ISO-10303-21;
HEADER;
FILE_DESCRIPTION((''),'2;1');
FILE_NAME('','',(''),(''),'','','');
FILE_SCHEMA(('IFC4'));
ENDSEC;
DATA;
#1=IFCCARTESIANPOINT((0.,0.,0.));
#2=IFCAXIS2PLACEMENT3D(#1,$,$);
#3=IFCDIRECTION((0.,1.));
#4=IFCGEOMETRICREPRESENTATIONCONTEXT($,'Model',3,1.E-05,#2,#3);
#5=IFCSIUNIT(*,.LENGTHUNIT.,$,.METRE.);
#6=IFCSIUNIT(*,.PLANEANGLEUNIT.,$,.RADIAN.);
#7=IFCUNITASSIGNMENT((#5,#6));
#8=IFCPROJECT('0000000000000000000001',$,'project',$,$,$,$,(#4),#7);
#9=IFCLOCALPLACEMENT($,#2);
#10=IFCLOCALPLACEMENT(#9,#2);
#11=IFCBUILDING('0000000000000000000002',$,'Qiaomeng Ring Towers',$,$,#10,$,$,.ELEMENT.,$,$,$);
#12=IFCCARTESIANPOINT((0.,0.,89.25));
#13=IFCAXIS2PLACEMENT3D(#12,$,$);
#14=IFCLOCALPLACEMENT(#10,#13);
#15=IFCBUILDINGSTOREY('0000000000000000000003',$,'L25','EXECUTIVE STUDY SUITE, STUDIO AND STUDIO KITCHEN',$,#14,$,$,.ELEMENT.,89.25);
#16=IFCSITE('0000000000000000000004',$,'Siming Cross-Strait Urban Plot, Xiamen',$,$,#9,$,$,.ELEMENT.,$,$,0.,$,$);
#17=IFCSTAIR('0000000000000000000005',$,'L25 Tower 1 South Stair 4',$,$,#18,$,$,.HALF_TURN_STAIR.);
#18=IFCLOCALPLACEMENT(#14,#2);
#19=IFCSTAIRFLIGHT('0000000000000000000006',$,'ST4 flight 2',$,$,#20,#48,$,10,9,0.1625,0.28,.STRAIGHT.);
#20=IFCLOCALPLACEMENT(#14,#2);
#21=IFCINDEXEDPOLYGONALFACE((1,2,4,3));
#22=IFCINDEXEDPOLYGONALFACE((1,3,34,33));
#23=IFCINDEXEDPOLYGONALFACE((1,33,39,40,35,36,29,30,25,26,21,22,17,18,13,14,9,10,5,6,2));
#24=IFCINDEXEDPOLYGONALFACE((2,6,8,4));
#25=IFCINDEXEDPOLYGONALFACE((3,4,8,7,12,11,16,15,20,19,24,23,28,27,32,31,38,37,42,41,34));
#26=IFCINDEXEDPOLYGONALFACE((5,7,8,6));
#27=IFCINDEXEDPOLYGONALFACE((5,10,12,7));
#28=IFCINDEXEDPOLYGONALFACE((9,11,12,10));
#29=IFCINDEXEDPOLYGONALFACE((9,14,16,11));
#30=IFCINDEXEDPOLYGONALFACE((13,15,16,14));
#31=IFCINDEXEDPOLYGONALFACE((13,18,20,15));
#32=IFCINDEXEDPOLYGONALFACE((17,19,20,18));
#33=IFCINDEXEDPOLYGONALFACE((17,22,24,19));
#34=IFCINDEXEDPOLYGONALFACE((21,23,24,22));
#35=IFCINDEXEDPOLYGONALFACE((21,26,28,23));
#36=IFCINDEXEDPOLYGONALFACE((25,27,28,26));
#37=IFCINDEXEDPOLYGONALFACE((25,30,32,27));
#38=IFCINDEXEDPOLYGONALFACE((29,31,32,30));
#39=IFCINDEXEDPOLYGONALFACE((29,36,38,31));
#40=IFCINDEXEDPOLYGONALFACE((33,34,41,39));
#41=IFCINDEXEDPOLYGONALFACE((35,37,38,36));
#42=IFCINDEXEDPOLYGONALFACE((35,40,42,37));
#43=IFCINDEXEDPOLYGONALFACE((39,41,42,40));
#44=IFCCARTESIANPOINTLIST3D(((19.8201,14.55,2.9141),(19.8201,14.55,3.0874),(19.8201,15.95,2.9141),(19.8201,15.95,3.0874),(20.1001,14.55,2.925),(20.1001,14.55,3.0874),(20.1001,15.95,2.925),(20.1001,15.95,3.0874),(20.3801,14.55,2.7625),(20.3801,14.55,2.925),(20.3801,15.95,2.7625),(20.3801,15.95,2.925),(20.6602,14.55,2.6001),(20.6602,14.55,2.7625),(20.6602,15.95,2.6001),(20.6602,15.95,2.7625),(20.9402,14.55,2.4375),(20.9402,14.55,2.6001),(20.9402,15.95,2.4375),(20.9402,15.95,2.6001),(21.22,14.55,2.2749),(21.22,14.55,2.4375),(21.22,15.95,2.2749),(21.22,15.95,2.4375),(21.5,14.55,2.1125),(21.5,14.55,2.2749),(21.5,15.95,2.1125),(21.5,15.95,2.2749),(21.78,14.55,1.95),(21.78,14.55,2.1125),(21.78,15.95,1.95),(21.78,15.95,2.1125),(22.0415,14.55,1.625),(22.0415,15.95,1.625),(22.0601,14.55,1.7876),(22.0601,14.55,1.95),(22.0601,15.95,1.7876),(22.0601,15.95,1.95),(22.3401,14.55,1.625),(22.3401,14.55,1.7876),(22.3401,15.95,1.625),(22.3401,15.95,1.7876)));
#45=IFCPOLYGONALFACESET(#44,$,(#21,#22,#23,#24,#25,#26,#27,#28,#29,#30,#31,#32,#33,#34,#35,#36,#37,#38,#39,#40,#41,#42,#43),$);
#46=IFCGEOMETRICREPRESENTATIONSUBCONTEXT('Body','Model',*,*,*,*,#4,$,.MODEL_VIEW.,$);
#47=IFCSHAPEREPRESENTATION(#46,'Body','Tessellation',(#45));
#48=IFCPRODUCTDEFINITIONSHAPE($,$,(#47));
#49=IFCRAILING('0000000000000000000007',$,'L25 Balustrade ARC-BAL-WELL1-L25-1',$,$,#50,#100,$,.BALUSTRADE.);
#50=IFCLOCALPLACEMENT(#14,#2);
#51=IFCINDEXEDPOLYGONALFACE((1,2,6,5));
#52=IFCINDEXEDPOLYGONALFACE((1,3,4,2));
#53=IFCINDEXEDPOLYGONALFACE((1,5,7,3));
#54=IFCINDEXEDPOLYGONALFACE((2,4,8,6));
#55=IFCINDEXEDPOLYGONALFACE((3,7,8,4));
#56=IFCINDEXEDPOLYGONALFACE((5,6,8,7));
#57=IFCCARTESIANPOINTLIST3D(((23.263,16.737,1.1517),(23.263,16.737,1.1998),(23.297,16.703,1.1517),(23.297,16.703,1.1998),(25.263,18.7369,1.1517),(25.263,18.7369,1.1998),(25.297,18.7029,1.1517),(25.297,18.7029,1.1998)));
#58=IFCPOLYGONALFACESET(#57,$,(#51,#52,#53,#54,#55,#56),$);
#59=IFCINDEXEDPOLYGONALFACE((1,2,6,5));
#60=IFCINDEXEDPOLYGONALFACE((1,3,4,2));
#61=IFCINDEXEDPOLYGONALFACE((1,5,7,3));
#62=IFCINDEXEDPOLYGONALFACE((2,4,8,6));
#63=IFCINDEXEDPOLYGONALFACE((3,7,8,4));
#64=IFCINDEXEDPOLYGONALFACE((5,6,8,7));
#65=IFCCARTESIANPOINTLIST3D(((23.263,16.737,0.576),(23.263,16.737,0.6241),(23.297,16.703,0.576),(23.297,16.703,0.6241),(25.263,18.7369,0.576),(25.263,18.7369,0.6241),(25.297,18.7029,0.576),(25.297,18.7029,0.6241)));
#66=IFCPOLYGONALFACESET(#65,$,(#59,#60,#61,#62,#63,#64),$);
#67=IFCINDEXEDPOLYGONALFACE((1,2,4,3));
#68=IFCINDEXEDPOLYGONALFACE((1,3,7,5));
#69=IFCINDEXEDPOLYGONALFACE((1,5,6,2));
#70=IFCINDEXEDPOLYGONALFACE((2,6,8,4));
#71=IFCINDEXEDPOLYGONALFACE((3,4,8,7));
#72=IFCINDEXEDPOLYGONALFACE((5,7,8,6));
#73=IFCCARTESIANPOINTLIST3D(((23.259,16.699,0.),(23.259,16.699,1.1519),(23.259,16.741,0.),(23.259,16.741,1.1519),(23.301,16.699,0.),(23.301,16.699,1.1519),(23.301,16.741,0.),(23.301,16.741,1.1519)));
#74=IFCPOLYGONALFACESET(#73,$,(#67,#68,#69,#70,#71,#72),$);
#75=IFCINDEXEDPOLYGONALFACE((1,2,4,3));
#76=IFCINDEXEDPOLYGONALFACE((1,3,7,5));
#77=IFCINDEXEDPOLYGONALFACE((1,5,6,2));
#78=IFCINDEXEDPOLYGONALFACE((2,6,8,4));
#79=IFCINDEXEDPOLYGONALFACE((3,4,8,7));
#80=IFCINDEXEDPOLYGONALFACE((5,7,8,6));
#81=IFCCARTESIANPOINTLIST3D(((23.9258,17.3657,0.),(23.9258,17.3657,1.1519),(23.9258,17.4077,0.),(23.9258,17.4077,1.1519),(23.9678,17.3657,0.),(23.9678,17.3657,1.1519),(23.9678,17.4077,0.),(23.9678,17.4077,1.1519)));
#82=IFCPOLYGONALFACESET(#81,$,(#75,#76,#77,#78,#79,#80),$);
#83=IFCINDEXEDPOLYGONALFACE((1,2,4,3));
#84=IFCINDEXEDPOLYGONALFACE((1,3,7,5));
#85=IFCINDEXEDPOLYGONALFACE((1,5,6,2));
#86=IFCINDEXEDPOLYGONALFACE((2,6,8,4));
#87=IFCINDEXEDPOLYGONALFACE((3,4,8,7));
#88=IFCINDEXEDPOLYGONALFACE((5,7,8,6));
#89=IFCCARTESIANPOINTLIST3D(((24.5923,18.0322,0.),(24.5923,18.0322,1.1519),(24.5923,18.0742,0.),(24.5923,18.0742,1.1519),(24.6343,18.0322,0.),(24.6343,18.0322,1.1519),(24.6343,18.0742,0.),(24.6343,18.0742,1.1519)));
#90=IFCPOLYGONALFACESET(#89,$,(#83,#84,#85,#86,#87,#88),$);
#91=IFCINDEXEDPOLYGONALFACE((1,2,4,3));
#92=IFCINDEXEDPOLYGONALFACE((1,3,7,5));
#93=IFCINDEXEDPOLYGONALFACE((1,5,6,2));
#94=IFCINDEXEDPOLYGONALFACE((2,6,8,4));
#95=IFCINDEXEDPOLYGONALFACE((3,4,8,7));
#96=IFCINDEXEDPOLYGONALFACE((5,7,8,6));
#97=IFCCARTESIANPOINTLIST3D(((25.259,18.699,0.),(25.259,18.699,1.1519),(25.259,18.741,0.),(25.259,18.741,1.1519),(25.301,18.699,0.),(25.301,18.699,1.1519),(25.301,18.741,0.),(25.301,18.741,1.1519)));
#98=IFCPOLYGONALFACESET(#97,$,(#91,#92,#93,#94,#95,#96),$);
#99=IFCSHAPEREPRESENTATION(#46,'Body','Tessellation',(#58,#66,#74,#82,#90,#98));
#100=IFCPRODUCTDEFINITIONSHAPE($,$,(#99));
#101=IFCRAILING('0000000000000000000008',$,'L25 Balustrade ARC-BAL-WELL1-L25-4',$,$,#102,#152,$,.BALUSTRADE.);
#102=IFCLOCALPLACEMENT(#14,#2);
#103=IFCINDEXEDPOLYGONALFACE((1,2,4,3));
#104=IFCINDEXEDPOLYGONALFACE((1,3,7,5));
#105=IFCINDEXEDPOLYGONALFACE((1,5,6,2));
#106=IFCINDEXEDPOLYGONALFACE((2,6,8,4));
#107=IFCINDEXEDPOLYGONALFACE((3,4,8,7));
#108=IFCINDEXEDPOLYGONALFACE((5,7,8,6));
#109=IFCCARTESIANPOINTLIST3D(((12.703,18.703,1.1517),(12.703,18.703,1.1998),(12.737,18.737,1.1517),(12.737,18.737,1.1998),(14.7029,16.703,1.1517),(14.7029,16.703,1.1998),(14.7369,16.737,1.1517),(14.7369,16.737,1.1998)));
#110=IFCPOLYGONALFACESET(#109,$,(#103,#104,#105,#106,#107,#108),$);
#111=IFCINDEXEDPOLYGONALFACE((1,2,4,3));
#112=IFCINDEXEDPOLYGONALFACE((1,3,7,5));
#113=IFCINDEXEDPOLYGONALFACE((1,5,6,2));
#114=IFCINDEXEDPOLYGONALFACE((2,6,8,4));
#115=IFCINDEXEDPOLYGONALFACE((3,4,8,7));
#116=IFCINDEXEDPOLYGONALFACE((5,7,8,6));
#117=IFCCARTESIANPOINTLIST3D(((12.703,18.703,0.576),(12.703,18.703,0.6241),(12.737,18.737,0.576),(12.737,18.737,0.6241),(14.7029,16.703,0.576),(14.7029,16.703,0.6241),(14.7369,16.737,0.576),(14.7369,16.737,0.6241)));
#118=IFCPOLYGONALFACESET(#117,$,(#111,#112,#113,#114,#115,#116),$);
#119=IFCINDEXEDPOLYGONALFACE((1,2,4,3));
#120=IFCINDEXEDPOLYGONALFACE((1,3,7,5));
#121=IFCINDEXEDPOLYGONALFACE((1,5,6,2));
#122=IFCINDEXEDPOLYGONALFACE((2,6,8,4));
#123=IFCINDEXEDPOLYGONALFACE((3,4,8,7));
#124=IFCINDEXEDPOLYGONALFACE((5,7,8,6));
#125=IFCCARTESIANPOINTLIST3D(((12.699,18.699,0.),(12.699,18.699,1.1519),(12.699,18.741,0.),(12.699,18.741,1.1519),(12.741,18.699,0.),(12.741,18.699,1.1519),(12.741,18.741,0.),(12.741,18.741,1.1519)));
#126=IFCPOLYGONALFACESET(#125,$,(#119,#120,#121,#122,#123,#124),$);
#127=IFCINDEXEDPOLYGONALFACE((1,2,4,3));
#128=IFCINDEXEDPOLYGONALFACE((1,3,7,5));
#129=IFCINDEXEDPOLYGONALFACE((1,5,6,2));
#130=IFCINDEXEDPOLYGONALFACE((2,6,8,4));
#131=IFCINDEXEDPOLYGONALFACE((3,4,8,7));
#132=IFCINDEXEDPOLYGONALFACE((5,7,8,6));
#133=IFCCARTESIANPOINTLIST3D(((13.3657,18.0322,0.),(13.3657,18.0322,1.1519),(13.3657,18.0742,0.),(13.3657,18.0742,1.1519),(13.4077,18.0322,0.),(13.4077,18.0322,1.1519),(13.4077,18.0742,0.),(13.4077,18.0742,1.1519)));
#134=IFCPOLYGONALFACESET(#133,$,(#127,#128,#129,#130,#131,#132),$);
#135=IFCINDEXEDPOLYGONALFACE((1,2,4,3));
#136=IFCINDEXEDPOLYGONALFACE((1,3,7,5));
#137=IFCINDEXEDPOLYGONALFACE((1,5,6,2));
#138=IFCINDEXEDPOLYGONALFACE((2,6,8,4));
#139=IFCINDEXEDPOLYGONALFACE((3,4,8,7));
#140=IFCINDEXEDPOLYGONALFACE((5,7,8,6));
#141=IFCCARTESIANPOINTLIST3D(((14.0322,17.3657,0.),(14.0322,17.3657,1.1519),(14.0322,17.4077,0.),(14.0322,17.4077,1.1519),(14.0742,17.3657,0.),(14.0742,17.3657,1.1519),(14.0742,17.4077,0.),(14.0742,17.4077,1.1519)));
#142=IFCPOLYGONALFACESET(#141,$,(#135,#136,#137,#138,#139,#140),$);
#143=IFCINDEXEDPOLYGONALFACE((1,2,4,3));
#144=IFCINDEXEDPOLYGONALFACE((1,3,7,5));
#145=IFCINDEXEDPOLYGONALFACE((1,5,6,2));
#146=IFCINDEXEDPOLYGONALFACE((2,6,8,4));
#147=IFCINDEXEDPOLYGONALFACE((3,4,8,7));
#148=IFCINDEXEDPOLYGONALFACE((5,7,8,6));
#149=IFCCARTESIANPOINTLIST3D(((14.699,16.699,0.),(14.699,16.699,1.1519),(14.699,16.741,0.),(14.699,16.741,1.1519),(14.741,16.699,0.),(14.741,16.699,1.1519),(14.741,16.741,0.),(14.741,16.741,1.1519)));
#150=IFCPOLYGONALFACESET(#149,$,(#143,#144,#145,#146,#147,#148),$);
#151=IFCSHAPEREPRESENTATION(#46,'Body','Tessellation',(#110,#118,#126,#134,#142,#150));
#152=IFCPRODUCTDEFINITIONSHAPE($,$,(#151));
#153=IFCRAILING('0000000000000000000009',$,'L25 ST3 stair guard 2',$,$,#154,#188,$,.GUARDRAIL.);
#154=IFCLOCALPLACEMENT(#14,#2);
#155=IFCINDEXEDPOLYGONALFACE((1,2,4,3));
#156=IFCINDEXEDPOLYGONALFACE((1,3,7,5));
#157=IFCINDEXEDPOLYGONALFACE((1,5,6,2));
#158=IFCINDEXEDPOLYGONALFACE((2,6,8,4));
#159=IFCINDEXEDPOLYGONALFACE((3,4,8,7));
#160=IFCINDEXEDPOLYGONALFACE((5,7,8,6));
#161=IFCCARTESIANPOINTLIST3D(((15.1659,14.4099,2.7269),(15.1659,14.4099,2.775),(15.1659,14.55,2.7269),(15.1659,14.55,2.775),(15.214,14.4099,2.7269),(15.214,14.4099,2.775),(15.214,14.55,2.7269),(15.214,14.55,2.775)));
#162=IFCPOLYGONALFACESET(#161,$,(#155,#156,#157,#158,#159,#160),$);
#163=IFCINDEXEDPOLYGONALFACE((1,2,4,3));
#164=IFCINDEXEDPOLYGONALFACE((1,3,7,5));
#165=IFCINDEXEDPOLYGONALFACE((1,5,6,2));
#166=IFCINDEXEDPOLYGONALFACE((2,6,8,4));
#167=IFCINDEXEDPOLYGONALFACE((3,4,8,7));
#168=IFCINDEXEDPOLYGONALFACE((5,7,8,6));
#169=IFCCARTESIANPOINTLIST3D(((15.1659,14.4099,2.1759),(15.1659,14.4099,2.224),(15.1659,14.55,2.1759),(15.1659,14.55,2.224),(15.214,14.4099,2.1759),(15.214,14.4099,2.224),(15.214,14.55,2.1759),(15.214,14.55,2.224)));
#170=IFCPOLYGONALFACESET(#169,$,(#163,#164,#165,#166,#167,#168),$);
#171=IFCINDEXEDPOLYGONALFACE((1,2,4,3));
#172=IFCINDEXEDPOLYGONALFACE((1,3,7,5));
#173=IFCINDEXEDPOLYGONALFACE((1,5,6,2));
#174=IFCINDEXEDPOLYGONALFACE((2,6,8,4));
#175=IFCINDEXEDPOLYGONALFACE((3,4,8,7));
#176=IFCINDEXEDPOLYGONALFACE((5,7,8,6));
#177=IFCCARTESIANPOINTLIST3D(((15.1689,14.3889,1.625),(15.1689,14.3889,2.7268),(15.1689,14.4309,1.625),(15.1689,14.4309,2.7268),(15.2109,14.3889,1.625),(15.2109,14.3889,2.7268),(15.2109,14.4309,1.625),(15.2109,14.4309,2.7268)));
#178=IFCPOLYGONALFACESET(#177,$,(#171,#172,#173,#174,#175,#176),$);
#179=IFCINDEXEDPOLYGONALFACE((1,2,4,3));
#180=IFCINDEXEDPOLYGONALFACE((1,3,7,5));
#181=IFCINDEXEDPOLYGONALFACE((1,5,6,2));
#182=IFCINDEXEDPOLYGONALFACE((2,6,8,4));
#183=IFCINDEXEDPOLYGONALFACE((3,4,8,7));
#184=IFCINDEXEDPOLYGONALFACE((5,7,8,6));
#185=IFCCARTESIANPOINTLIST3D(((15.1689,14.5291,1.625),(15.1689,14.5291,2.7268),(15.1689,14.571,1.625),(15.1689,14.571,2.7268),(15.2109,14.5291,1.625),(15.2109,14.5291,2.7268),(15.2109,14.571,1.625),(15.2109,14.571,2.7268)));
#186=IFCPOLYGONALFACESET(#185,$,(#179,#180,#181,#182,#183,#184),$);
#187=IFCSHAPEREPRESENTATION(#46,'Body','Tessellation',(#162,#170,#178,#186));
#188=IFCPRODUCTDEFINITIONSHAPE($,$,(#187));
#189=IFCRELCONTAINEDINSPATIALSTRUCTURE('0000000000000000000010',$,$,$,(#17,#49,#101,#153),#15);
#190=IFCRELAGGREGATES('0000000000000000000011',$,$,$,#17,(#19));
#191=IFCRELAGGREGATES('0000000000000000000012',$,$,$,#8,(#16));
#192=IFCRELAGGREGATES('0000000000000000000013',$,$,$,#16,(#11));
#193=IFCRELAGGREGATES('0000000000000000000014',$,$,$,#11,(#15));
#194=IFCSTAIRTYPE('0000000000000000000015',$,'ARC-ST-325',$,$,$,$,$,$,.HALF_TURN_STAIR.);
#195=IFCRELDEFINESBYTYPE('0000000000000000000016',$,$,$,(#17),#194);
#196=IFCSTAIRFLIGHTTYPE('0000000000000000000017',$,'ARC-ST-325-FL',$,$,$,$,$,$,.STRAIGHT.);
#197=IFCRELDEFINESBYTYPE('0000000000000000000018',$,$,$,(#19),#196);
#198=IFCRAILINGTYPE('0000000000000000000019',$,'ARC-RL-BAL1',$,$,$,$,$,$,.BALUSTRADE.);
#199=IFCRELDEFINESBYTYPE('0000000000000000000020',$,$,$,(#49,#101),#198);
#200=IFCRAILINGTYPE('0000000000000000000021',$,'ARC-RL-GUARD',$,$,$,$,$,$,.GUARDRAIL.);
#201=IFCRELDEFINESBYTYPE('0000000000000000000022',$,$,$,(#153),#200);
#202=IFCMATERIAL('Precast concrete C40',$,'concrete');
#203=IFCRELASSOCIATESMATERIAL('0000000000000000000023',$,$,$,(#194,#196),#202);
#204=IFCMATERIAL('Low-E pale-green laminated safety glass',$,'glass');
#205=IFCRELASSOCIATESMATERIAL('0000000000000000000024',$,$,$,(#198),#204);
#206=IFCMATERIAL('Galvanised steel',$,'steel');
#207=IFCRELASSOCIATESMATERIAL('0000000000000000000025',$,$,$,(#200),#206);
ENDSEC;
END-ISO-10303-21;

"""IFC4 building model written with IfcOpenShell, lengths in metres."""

from ifc_helpers import new_model, si_unit, direction, frame, origin, origin_2d, place, context, subcontext, project, spatial, polyline, rectangle, outline, extrude, source, transform, mapped, material, type_object, element, aggregate, save


model = new_model("IFC4")

# Units and contexts
model_context = context("Model", 3, precision=1e-05, world=origin(), true_north=direction((0.0, 1.0)))
body_context = subcontext(model_context, "Body", "Model", "MODEL_VIEW")
ifc_project = project(units=[si_unit("LENGTHUNIT", "METRE"), si_unit("PLANEANGLEUNIT", "RADIAN")], contexts=[model_context])

# Site, building, storey
site_placement = place(None, origin())
site = spatial("IfcSite", under=ifc_project, at=site_placement, Name="Siming Cross-Strait Urban Plot, Xiamen", CompositionType="ELEMENT", RefElevation=0.0)
building_placement = place(site_placement, origin())
building = spatial("IfcBuilding", under=site, at=building_placement, Name="Qiaomeng Ring Towers", CompositionType="ELEMENT")
storey_placement = place(building_placement, frame((0.0, 0.0, 89.25)))
storey = spatial("IfcBuildingStorey", under=building, at=storey_placement, Name="L25", Description="EXECUTIVE STUDY SUITE, STUDIO AND STUDIO KITCHEN", CompositionType="ELEMENT", Elevation=89.25)

# Shared definitions
ifc_material_1 = material(Name="Precast concrete C40", Category="concrete")
stair_type = type_object("IfcStairType", Name="ARC-ST-325", PredefinedType="HALF_TURN_STAIR", material=ifc_material_1)
stair_flight_type = type_object("IfcStairFlightType", Name="ARC-ST-325-FL", PredefinedType="STRAIGHT", material=ifc_material_1)
shared_shape_1 = source(origin(), body_context, "Body", "SweptSolid", [
    extrude(outline(polyline([(0.0, 0.0), (0.0, 0.1626), (0.28, 0.1626), (0.28, 0.325), (0.5601, 0.325), (0.5601, 0.4875), (0.8401, 0.4875), (0.8401, 0.6499), (1.1201, 0.6499), (1.1201, 0.8125), (1.3999, 0.8125), (1.3999, 0.9751), (1.6799, 0.9751), (1.6799, 1.1375), (1.96, 1.1375), (1.96, 1.3), (2.24, 1.3), (2.24, 1.4624), (2.52, 1.4624), (2.52, 1.625), (2.52, 1.2891), (0.2986, 0.0), (0.0, 0.0)])), frame((0.0, 0.7, 0.0), z_axis=(0.0, -1.0, 0.0), x_axis=(1.0, 0.0, 0.0)), (0.0, 0.0, 1.0), 1.3999),
])

# Stair, stair flight
stair_1_placement = place(storey_placement, origin())
stair_1 = element("IfcStair", 1, at=stair_1_placement, inside=storey, type_object=stair_type, Name="L25 Tower 1 South Stair 4", PredefinedType="HALF_TURN_STAIR")
stair_flight_1_placement = place(storey_placement, frame((22.3401, 15.25, 1.625), z_axis=(0.0, 0.0, 1.0), x_axis=(-1.0, 0.0, 0.0)))
stair_flight_1 = element("IfcStairFlight", 2, at=stair_flight_1_placement, type_object=stair_flight_type, Name="ST4 flight 2", NumberOfRisers=10, NumberOfTreads=9, PredefinedType="STRAIGHT", RiserHeight=0.1625, TreadLength=0.28, context=body_context, shape_type="MappedRepresentation", body=[
    mapped(shared_shape_1, transform((0.0, 0.0, 0.0), x_axis=(1.0, 0.0, 0.0), y_axis=(0.0, 1.0, 0.0), z_axis=(0.0, 0.0, 1.0), scale=1.0)),
])
aggregate(stair_1, [stair_flight_1])

# Railings
ifc_material_2 = material(Name="Low-E pale-green laminated safety glass", Category="glass")
railing_type_1 = type_object("IfcRailingType", Name="ARC-RL-BAL1", PredefinedType="BALUSTRADE", material=ifc_material_2)
railing_1_placement = place(storey_placement, frame((23.28, 16.72, 0.0)))
element("IfcRailing", 3, at=railing_1_placement, inside=storey, type_object=railing_type_1, Name="L25 Balustrade ARC-BAL-WELL1-L25-1", PredefinedType="BALUSTRADE", context=body_context, shape_type="SweptSolid", body=[
    extrude(rectangle(XDim=0.0481, YDim=0.0481, at=origin_2d()), frame((0.0, 0.0, 1.1758), z_axis=(0.707107, 0.707107, 0.0), x_axis=(-0.707107, 0.707107, 0.0)), (0.0, 0.0, 1.0), 2.8284),
    extrude(rectangle(XDim=0.0481, YDim=0.0481, at=origin_2d()), frame((0.0, 0.0, 0.6001), z_axis=(0.707107, 0.707107, 0.0), x_axis=(-0.707107, 0.707107, 0.0)), (0.0, 0.0, 1.0), 2.8284),
    extrude(rectangle(XDim=0.042, YDim=0.042, at=origin_2d()), origin(), (0.0, 0.0, 1.0), 1.1519),
    extrude(rectangle(XDim=0.042, YDim=0.042, at=origin_2d()), frame((0.6667, 0.6667, 0.0)), (0.0, 0.0, 1.0), 1.1519),
    extrude(rectangle(XDim=0.042, YDim=0.042, at=origin_2d()), frame((1.3333, 1.3333, 0.0)), (0.0, 0.0, 1.0), 1.1519),
    extrude(rectangle(XDim=0.042, YDim=0.042, at=origin_2d()), frame((2.0, 2.0, 0.0)), (0.0, 0.0, 1.0), 1.1519),
])
railing_2_placement = place(storey_placement, frame((12.72, 18.72, 0.0)))
element("IfcRailing", 4, at=railing_2_placement, inside=storey, type_object=railing_type_1, Name="L25 Balustrade ARC-BAL-WELL1-L25-4", PredefinedType="BALUSTRADE", context=body_context, shape_type="SweptSolid", body=[
    extrude(rectangle(XDim=0.0481, YDim=0.0481, at=origin_2d()), frame((0.0, 0.0, 1.1758), z_axis=(0.707107, -0.707107, 0.0), x_axis=(0.707107, 0.707107, 0.0)), (0.0, 0.0, 1.0), 2.8284),
    extrude(rectangle(XDim=0.0481, YDim=0.0481, at=origin_2d()), frame((0.0, 0.0, 0.6001), z_axis=(0.707107, -0.707107, 0.0), x_axis=(0.707107, 0.707107, 0.0)), (0.0, 0.0, 1.0), 2.8284),
    extrude(rectangle(XDim=0.042, YDim=0.042, at=origin_2d()), origin(), (0.0, 0.0, 1.0), 1.1519),
    extrude(rectangle(XDim=0.042, YDim=0.042, at=origin_2d()), frame((0.6667, -0.6667, 0.0)), (0.0, 0.0, 1.0), 1.1519),
    extrude(rectangle(XDim=0.042, YDim=0.042, at=origin_2d()), frame((1.3333, -1.3333, 0.0)), (0.0, 0.0, 1.0), 1.1519),
    extrude(rectangle(XDim=0.042, YDim=0.042, at=origin_2d()), frame((2.0, -2.0, 0.0)), (0.0, 0.0, 1.0), 1.1519),
])
ifc_material_3 = material(Name="Galvanised steel", Category="steel")
railing_type_2 = type_object("IfcRailingType", Name="ARC-RL-GUARD", PredefinedType="GUARDRAIL", material=ifc_material_3)
railing_3_placement = place(storey_placement, frame((15.1899, 14.4099, 1.625)))
element("IfcRailing", 5, at=railing_3_placement, inside=storey, type_object=railing_type_2, Name="L25 ST3 stair guard 2", PredefinedType="GUARDRAIL", context=body_context, shape_type="SweptSolid", body=[
    extrude(rectangle(XDim=0.0481, YDim=0.0481, at=origin_2d()), frame((0.0, 0.0, 1.126), z_axis=(0.0, 1.0, 0.0), x_axis=(-1.0, 0.0, 0.0)), (0.0, 0.0, 1.0), 0.1401),
    extrude(rectangle(XDim=0.0481, YDim=0.0481, at=origin_2d()), frame((0.0, 0.0, 0.575), z_axis=(0.0, 1.0, 0.0), x_axis=(-1.0, 0.0, 0.0)), (0.0, 0.0, 1.0), 0.1401),
    extrude(rectangle(XDim=0.042, YDim=0.042, at=origin_2d()), origin(), (0.0, 0.0, 1.0), 1.1018),
    extrude(rectangle(XDim=0.042, YDim=0.042, at=origin_2d()), frame((0.0, 0.1401, 0.0)), (0.0, 0.0, 1.0), 1.1018),
])

save(model, "model.ifc")
